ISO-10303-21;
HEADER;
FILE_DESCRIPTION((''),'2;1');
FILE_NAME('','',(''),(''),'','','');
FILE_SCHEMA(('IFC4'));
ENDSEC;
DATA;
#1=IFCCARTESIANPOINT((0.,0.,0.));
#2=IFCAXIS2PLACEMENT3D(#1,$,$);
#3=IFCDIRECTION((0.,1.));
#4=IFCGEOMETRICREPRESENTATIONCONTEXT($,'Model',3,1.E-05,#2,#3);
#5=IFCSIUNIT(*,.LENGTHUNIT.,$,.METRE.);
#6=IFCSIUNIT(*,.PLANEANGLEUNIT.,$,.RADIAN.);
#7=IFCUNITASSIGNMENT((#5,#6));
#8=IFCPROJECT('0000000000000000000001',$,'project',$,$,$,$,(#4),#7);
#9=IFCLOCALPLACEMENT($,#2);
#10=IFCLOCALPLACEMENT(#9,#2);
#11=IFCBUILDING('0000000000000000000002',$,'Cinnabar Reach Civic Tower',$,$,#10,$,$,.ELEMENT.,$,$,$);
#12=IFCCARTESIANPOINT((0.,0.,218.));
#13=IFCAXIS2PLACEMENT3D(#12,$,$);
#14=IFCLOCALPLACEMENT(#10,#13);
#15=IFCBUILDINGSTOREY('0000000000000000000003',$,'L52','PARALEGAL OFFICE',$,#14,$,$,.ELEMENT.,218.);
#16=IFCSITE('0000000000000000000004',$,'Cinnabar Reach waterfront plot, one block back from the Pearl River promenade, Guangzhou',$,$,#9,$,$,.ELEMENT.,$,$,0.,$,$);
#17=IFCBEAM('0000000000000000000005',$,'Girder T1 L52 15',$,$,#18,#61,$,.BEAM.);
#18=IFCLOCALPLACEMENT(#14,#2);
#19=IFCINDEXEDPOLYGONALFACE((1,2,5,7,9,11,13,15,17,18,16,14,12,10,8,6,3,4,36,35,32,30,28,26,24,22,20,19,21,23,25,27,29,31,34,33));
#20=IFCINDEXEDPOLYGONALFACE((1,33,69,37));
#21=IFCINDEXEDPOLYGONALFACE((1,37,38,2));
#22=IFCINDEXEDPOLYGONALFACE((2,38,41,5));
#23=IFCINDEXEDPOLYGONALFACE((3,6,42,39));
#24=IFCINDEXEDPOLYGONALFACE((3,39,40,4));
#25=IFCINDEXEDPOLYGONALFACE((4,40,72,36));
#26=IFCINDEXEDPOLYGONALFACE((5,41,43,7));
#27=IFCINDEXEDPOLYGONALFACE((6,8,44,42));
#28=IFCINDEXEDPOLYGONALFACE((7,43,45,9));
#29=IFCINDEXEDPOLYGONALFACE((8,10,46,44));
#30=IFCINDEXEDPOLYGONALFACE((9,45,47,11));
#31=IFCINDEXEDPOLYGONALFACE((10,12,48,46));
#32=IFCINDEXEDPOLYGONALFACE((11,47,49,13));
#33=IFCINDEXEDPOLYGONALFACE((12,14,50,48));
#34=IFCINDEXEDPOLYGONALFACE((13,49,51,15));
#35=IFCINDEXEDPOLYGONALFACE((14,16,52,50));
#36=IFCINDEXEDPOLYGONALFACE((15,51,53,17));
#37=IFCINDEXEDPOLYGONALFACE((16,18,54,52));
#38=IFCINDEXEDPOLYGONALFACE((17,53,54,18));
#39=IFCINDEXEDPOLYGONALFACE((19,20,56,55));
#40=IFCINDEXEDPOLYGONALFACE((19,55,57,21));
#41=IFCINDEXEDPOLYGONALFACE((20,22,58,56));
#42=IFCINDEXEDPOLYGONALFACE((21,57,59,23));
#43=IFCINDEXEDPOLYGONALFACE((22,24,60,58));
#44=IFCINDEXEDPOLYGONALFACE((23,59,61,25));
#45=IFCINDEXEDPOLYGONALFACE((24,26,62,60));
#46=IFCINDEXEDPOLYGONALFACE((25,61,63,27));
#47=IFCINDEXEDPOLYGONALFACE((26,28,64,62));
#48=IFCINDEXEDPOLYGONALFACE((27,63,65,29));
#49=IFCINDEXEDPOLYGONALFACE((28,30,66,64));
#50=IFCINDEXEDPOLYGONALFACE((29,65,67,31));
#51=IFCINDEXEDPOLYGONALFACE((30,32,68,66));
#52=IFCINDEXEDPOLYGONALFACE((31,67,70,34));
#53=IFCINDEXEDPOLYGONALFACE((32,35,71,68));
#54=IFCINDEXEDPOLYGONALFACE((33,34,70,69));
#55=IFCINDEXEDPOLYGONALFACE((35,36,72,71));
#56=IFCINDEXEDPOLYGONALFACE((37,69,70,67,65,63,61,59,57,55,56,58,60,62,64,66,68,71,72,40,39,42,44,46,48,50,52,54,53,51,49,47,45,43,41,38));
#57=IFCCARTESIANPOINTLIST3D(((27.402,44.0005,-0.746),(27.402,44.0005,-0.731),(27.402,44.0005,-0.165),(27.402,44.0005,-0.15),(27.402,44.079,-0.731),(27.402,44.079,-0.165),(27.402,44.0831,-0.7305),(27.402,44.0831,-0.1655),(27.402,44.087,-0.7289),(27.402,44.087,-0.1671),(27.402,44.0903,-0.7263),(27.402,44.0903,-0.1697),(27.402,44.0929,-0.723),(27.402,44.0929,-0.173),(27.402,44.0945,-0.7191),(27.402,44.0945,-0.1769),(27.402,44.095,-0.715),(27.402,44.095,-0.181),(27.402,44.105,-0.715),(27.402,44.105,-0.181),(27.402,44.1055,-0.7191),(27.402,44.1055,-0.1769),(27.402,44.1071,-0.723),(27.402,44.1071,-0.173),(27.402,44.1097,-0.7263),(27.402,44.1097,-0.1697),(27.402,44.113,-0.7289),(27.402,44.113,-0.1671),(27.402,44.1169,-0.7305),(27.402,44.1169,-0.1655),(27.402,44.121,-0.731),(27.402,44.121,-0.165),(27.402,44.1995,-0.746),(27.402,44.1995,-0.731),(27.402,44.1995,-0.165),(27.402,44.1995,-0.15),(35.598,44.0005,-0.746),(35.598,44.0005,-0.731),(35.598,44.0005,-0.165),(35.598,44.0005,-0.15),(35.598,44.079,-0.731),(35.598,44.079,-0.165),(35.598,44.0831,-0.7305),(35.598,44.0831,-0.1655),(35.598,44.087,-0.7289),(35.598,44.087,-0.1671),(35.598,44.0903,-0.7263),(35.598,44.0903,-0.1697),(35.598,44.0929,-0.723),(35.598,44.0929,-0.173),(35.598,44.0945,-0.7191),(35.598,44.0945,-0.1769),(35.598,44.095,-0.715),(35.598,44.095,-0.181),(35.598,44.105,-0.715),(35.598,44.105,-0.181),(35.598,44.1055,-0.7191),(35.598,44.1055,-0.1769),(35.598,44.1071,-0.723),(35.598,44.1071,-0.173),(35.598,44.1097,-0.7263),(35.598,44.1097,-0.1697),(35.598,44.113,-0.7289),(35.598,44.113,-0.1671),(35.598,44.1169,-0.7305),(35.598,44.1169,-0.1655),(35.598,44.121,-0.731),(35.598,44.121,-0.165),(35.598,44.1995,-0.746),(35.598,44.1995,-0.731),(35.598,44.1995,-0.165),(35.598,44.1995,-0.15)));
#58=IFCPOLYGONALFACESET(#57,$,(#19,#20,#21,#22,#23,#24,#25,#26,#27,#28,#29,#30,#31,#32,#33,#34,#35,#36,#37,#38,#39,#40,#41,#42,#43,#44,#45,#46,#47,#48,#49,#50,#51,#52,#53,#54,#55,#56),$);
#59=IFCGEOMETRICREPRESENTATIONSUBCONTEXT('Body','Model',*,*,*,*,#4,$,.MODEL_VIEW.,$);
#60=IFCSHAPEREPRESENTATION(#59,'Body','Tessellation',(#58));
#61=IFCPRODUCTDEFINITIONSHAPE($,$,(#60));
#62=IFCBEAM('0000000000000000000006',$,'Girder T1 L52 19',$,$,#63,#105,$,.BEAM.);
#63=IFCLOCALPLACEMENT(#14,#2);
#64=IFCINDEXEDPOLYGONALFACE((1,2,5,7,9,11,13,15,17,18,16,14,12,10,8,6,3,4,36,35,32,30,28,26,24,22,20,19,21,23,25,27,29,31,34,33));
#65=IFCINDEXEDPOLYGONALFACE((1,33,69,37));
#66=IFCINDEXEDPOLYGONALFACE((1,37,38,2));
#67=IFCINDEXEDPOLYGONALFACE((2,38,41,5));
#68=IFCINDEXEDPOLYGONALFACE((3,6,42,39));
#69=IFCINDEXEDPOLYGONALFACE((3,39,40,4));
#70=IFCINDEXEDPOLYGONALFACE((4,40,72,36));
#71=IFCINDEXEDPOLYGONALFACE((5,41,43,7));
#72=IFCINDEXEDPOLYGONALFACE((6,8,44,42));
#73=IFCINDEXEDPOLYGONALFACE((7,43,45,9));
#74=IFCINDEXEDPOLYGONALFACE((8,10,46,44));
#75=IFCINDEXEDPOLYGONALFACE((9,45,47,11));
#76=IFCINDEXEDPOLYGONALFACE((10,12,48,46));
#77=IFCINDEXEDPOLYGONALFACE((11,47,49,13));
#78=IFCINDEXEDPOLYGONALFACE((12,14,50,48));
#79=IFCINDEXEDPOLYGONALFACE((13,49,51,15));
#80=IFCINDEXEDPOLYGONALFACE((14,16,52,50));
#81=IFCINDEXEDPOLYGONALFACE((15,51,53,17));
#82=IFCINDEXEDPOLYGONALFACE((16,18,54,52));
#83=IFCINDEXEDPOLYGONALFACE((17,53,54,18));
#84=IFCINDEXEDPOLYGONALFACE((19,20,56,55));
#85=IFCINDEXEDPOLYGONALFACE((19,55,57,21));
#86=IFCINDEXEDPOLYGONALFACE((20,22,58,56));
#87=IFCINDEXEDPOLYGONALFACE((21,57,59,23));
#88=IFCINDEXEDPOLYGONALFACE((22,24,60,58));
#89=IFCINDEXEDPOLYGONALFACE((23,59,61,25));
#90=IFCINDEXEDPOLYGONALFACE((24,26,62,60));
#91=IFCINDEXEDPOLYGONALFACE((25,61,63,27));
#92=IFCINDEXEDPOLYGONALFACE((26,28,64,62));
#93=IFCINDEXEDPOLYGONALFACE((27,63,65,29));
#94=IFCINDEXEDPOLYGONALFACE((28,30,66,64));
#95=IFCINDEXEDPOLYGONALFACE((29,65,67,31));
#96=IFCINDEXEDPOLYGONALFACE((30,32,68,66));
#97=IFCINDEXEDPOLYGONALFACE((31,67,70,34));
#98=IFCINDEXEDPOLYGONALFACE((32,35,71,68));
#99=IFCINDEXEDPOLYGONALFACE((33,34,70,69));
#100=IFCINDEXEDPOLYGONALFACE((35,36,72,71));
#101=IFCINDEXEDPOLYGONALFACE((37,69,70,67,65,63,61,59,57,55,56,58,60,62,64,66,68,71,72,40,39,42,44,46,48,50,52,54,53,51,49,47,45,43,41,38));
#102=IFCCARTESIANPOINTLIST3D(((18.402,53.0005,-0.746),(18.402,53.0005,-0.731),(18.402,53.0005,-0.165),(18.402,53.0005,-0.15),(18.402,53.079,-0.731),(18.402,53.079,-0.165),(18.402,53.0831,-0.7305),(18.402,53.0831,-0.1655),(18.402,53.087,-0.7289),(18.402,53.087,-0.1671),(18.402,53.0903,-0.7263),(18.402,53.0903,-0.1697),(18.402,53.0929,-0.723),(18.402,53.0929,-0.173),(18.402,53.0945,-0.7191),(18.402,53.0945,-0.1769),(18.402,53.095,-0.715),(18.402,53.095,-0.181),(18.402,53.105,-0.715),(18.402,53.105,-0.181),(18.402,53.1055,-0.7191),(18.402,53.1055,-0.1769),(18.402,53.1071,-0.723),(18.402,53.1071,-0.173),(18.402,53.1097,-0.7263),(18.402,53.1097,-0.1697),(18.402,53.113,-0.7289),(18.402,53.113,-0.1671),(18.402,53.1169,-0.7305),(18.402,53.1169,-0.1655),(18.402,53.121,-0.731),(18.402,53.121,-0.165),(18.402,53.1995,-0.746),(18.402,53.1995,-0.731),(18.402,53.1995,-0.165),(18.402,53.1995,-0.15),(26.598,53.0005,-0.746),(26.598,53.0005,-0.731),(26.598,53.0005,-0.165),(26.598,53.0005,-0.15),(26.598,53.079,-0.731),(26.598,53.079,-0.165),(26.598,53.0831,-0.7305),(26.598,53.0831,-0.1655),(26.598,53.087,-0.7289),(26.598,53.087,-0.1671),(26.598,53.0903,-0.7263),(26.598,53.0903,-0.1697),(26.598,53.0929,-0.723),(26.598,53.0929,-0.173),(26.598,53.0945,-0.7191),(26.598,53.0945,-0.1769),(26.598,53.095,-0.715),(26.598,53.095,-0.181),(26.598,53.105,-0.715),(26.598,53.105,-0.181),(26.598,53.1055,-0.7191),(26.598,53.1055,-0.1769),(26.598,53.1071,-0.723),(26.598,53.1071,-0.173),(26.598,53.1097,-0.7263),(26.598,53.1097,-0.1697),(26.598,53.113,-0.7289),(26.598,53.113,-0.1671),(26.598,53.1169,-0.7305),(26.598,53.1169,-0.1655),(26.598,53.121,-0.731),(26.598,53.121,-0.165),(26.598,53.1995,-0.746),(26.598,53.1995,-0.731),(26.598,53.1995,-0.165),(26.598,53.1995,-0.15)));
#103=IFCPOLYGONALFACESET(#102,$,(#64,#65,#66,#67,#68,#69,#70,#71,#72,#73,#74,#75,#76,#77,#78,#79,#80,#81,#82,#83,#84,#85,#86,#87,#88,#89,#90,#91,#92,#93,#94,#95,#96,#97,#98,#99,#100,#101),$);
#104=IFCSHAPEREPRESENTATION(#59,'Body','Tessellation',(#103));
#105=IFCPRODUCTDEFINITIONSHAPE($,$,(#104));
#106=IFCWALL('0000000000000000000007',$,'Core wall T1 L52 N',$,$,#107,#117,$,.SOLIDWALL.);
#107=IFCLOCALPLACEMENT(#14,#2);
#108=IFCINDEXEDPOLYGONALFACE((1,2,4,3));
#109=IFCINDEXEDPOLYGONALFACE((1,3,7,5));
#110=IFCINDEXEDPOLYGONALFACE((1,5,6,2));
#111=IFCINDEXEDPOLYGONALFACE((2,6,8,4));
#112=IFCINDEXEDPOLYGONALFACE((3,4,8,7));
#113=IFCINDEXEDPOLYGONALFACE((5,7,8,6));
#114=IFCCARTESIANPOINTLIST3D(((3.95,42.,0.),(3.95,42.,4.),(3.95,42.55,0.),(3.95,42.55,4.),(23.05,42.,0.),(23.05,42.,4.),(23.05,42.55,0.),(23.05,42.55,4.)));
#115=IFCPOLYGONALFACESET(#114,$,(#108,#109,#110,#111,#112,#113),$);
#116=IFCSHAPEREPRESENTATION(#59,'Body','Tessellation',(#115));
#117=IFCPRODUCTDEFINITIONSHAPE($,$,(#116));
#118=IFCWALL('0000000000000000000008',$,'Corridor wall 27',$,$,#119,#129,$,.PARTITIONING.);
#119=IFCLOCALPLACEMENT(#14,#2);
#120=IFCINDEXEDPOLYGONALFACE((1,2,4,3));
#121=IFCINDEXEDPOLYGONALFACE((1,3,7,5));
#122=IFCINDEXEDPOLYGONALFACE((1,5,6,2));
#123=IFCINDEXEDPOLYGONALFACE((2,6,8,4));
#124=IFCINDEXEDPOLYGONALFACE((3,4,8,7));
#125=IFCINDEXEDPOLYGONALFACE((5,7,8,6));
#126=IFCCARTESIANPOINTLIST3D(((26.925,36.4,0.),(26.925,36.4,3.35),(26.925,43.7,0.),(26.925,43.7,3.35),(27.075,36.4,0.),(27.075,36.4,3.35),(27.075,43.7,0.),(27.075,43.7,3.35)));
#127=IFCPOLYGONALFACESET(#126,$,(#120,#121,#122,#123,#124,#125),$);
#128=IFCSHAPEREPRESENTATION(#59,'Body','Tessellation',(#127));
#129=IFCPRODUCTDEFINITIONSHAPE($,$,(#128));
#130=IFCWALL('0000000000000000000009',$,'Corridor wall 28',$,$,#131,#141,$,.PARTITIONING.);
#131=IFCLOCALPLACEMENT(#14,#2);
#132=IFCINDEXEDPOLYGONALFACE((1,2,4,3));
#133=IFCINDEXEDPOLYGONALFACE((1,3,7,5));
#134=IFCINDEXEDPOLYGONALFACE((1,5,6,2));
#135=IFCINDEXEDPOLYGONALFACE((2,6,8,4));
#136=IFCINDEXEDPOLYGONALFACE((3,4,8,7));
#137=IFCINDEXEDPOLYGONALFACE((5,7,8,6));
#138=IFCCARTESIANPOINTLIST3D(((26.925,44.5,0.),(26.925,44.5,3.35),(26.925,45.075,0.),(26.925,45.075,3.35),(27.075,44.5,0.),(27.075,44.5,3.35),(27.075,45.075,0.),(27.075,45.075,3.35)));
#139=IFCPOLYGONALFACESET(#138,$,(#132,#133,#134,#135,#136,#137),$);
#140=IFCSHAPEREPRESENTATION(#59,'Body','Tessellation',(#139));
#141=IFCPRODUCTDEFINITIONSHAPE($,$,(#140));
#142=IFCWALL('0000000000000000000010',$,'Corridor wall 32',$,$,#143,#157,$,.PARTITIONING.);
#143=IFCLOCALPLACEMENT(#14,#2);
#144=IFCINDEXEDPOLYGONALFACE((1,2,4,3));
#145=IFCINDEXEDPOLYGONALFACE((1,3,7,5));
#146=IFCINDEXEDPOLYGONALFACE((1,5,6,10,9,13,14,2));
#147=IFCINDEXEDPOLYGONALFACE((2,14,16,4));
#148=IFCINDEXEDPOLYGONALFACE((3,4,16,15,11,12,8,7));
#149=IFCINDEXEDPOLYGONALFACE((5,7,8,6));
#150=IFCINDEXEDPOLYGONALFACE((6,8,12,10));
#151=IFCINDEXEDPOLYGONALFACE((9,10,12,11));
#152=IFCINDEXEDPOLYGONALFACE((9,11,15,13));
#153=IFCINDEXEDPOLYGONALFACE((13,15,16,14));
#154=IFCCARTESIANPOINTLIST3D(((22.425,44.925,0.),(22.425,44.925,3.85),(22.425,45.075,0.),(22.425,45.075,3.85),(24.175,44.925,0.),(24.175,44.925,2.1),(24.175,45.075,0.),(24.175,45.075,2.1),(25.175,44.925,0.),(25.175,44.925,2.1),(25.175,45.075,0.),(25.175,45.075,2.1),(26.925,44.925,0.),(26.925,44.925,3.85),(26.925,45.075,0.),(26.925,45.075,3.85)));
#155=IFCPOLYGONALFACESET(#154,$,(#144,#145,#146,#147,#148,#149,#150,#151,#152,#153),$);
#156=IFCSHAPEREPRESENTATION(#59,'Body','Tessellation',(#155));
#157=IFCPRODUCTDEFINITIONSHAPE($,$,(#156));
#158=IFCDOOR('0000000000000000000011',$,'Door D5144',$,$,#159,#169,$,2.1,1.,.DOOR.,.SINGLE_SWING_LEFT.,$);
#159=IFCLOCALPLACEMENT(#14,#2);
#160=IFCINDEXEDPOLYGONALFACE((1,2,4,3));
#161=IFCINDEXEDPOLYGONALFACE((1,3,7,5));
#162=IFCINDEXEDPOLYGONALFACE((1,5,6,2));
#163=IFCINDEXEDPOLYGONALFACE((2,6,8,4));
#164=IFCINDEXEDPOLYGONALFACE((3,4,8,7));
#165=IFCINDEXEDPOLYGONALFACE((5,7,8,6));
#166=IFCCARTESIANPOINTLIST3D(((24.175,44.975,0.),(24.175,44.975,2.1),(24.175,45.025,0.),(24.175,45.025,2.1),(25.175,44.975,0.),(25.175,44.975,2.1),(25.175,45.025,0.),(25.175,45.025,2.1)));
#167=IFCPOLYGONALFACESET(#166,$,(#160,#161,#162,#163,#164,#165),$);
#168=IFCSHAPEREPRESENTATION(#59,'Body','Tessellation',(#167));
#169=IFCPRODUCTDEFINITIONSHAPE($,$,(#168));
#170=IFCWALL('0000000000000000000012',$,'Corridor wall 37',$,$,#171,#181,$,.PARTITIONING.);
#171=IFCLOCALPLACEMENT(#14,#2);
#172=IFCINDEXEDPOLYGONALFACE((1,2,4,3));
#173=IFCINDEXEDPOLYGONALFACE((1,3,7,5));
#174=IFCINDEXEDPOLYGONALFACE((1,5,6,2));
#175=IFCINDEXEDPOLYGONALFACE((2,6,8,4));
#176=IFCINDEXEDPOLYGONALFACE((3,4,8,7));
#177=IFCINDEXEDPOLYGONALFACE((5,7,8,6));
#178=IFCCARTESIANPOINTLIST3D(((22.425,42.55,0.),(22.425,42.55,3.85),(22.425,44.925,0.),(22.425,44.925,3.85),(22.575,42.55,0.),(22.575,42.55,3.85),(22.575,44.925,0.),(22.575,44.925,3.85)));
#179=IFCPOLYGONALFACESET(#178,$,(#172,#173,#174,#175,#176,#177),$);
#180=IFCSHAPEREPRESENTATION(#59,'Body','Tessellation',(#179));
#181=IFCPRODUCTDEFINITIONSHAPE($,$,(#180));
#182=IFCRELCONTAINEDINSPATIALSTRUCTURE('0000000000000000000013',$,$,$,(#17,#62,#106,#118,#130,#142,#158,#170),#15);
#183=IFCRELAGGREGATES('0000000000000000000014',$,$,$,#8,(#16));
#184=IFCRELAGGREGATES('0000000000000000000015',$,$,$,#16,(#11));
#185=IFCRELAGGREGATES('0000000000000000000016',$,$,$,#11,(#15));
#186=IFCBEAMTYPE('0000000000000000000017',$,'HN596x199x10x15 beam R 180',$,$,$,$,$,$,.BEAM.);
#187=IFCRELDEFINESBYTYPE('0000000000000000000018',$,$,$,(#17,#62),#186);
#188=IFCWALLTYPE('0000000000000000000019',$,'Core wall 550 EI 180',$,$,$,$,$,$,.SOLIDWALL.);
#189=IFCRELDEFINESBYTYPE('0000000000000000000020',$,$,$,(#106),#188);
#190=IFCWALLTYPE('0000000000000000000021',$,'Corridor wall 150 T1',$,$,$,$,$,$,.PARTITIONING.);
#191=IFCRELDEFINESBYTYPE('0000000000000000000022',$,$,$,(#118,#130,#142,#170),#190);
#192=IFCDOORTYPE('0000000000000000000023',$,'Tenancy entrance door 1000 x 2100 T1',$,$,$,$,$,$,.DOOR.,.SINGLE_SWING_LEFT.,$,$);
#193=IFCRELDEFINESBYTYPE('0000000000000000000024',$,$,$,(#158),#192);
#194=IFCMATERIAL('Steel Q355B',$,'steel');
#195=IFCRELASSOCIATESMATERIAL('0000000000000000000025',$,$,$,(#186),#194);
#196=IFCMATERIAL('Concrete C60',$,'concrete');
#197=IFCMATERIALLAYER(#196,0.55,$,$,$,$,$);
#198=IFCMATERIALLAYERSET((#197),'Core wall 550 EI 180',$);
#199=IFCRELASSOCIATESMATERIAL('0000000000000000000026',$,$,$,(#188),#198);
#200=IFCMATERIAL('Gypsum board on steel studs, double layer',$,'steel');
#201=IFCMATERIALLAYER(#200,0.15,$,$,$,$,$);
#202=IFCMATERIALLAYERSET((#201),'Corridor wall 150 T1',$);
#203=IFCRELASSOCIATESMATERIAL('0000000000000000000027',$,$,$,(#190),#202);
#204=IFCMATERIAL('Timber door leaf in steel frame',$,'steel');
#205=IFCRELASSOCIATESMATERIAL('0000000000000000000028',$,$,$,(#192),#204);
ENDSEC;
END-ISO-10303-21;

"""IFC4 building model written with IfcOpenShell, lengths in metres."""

from ifc_helpers import new_model, si_unit, direction, frame, frame_2d, origin, origin_2d, place, context, subcontext, project, spatial, rectangle, i_section, extrude, material, layer, layer_set, material_profile, profile_set, type_object, element, fill, save


model = new_model("IFC4")

# Units and contexts
model_context = context("Model", 3, precision=1e-05, world=origin(), true_north=direction((0.0, 1.0)))
body_context = subcontext(model_context, "Body", "Model", "MODEL_VIEW")
ifc_project = project(units=[si_unit("LENGTHUNIT", "METRE"), si_unit("PLANEANGLEUNIT", "RADIAN")], contexts=[model_context])

# Site, building, storey
site_placement = place(None, origin())
site = spatial("IfcSite", under=ifc_project, at=site_placement, Name="Cinnabar Reach waterfront plot, one block back from the Pearl River promenade, Guangzhou", CompositionType="ELEMENT", RefElevation=0.0)
building_placement = place(site_placement, origin())
building = spatial("IfcBuilding", under=site, at=building_placement, Name="Cinnabar Reach Civic Tower", CompositionType="ELEMENT")
storey_placement = place(building_placement, frame((0.0, 0.0, 218.0)))
storey = spatial("IfcBuildingStorey", under=building, at=storey_placement, Name="L52", Description="PARALEGAL OFFICE", CompositionType="ELEMENT", Elevation=218.0)

# Shared definitions
ifc_material_1 = material(Name="Concrete C60", Category="concrete")

# Beams
ifc_material_2 = material(Name="Steel Q355B", Category="steel")
ifc_material_profile_1 = material_profile(ifc_material_2, i_section(OverallWidth=0.199, OverallDepth=0.596, WebThickness=0.01, FlangeThickness=0.015, FilletRadius=0.016, at=origin_2d()), Name="HN596x199x10x15")
ifc_profile_set_1 = profile_set([ifc_material_profile_1], Name="Steel Q355B")
beam_type_1 = type_object("IfcBeamType", Name="HN596x199x10x15 beam R 180", PredefinedType="BEAM", material=ifc_profile_set_1)
for number, where, z_axis, x_axis, name in (
    (1, (27.402, 44.1, -0.448), (1.0, 0.0, 0.0), (0.0, 1.0, 0.0), "Girder T1 L52 15"),
    (2, (18.402, 53.1, -0.448), (1.0, 0.0, 0.0), (0.0, 1.0, 0.0), "Girder T1 L52 19"),
):
    element("IfcBeam", number, at=place(storey_placement, frame(where, z_axis=z_axis, x_axis=x_axis)), inside=storey, type_object=beam_type_1, Name=name, PredefinedType="BEAM", context=body_context, shape_type="SweptSolid", body=[
        extrude(i_section(OverallWidth=0.199, OverallDepth=0.596, WebThickness=0.01, FlangeThickness=0.015, FilletRadius=0.016, at=origin_2d()), origin(), (0.0, 0.0, 1.0), 8.196),
    ])

# Walls
ifc_layer_1 = layer(ifc_material_1, 0.55)
ifc_layer_set_1 = layer_set([ifc_layer_1], Name="Core wall 550 EI 180")
wall_type_1 = type_object("IfcWallType", Name="Core wall 550 EI 180", PredefinedType="SOLIDWALL", material=ifc_layer_set_1)
wall_1_placement = place(storey_placement, frame((23.05, 42.275, 0.0), z_axis=(0.0, 0.0, 1.0), x_axis=(-1.0, 0.0, 0.0)))
element("IfcWall", 3, at=wall_1_placement, inside=storey, type_object=wall_type_1, Name="Core wall T1 L52 N", PredefinedType="SOLIDWALL", context=body_context, shape_type="SweptSolid", body=[
    extrude(rectangle(XDim=19.1, YDim=0.55, at=frame_2d((9.55, 0.0))), origin(), (0.0, 0.0, 1.0), 4.0),
])
ifc_material_3 = material(Name="Gypsum board on steel studs, double layer", Category="steel")
ifc_layer_2 = layer(ifc_material_3, 0.15)
ifc_layer_set_2 = layer_set([ifc_layer_2], Name="Corridor wall 150 T1")
wall_type_2 = type_object("IfcWallType", Name="Corridor wall 150 T1", PredefinedType="PARTITIONING", material=ifc_layer_set_2)
wall_2_placement = place(storey_placement, frame((27.0, 36.4, 0.0), z_axis=(0.0, 0.0, 1.0), x_axis=(0.0, 1.0, 0.0)))
element("IfcWall", 4, at=wall_2_placement, inside=storey, type_object=wall_type_2, Name="Corridor wall 27", PredefinedType="PARTITIONING", context=body_context, shape_type="SweptSolid", body=[
    extrude(rectangle(XDim=7.3, YDim=0.15, at=frame_2d((3.65, 0.0))), origin(), (0.0, 0.0, 1.0), 3.35),
])
wall_3_placement = place(storey_placement, frame((27.0, 44.5, 0.0), z_axis=(0.0, 0.0, 1.0), x_axis=(0.0, 1.0, 0.0)))
element("IfcWall", 5, at=wall_3_placement, inside=storey, type_object=wall_type_2, Name="Corridor wall 28", PredefinedType="PARTITIONING", context=body_context, shape_type="SweptSolid", body=[
    extrude(rectangle(XDim=0.575, YDim=0.15, at=frame_2d((0.2875, 0.0))), origin(), (0.0, 0.0, 1.0), 3.35),
])

# Wall, opening, door
wall_4_placement = place(storey_placement, frame((22.425, 45.0, 0.0), z_axis=(0.0, 0.0, 1.0), x_axis=(1.0, 0.0, 0.0)))
wall_4 = element("IfcWall", 6, at=wall_4_placement, inside=storey, type_object=wall_type_2, Name="Corridor wall 32", PredefinedType="PARTITIONING", context=body_context, shape_type="SweptSolid", body=[
    extrude(rectangle(XDim=4.5, YDim=0.15, at=frame_2d((2.25, 0.0))), origin(), (0.0, 0.0, 1.0), 3.85),
])
opening_1_placement = place(wall_4_placement, frame((1.75, 0.0, 0.0)))
opening_1 = element("IfcOpeningElement", 7, at=opening_1_placement, cuts=wall_4, PredefinedType="OPENING", context=body_context, shape_type="SweptSolid", body=[
    extrude(rectangle(XDim=1.0, YDim=2.1, at=frame_2d((0.5, 1.05))), frame((0.0, 0.085, 0.0), z_axis=(0.0, -1.0, 0.0), x_axis=(1.0, 0.0, 0.0)), (0.0, 0.0, 1.0), 0.17),
])
ifc_material_4 = material(Name="Timber door leaf in steel frame", Category="steel")
door_type_1 = type_object("IfcDoorType", Name="Tenancy entrance door 1000 x 2100 T1", OperationType="SINGLE_SWING_LEFT", PredefinedType="DOOR", material=ifc_material_4)
door_1_placement = place(opening_1_placement, origin())
door_1 = element("IfcDoor", 8, at=door_1_placement, inside=storey, type_object=door_type_1, Name="Door D5144", OperationType="SINGLE_SWING_LEFT", OverallHeight=2.1, OverallWidth=1.0, PredefinedType="DOOR", context=body_context, shape_type="SweptSolid", body=[
    extrude(rectangle(XDim=1.0, YDim=2.1, at=frame_2d((0.5, 1.05))), frame((0.0, 0.025, 0.0), z_axis=(0.0, -1.0, 0.0), x_axis=(1.0, 0.0, 0.0)), (0.0, 0.0, 1.0), 0.05),
])
fill(opening_1, door_1)

# Wall
wall_5_placement = place(storey_placement, frame((22.5, 42.55, 0.0), z_axis=(0.0, 0.0, 1.0), x_axis=(0.0, 1.0, 0.0)))
element("IfcWall", 9, at=wall_5_placement, inside=storey, type_object=wall_type_2, Name="Corridor wall 37", PredefinedType="PARTITIONING", context=body_context, shape_type="SweptSolid", body=[
    extrude(rectangle(XDim=2.375, YDim=0.15, at=frame_2d((1.1875, 0.0))), origin(), (0.0, 0.0, 1.0), 3.85),
])

save(model, "model.ifc")
